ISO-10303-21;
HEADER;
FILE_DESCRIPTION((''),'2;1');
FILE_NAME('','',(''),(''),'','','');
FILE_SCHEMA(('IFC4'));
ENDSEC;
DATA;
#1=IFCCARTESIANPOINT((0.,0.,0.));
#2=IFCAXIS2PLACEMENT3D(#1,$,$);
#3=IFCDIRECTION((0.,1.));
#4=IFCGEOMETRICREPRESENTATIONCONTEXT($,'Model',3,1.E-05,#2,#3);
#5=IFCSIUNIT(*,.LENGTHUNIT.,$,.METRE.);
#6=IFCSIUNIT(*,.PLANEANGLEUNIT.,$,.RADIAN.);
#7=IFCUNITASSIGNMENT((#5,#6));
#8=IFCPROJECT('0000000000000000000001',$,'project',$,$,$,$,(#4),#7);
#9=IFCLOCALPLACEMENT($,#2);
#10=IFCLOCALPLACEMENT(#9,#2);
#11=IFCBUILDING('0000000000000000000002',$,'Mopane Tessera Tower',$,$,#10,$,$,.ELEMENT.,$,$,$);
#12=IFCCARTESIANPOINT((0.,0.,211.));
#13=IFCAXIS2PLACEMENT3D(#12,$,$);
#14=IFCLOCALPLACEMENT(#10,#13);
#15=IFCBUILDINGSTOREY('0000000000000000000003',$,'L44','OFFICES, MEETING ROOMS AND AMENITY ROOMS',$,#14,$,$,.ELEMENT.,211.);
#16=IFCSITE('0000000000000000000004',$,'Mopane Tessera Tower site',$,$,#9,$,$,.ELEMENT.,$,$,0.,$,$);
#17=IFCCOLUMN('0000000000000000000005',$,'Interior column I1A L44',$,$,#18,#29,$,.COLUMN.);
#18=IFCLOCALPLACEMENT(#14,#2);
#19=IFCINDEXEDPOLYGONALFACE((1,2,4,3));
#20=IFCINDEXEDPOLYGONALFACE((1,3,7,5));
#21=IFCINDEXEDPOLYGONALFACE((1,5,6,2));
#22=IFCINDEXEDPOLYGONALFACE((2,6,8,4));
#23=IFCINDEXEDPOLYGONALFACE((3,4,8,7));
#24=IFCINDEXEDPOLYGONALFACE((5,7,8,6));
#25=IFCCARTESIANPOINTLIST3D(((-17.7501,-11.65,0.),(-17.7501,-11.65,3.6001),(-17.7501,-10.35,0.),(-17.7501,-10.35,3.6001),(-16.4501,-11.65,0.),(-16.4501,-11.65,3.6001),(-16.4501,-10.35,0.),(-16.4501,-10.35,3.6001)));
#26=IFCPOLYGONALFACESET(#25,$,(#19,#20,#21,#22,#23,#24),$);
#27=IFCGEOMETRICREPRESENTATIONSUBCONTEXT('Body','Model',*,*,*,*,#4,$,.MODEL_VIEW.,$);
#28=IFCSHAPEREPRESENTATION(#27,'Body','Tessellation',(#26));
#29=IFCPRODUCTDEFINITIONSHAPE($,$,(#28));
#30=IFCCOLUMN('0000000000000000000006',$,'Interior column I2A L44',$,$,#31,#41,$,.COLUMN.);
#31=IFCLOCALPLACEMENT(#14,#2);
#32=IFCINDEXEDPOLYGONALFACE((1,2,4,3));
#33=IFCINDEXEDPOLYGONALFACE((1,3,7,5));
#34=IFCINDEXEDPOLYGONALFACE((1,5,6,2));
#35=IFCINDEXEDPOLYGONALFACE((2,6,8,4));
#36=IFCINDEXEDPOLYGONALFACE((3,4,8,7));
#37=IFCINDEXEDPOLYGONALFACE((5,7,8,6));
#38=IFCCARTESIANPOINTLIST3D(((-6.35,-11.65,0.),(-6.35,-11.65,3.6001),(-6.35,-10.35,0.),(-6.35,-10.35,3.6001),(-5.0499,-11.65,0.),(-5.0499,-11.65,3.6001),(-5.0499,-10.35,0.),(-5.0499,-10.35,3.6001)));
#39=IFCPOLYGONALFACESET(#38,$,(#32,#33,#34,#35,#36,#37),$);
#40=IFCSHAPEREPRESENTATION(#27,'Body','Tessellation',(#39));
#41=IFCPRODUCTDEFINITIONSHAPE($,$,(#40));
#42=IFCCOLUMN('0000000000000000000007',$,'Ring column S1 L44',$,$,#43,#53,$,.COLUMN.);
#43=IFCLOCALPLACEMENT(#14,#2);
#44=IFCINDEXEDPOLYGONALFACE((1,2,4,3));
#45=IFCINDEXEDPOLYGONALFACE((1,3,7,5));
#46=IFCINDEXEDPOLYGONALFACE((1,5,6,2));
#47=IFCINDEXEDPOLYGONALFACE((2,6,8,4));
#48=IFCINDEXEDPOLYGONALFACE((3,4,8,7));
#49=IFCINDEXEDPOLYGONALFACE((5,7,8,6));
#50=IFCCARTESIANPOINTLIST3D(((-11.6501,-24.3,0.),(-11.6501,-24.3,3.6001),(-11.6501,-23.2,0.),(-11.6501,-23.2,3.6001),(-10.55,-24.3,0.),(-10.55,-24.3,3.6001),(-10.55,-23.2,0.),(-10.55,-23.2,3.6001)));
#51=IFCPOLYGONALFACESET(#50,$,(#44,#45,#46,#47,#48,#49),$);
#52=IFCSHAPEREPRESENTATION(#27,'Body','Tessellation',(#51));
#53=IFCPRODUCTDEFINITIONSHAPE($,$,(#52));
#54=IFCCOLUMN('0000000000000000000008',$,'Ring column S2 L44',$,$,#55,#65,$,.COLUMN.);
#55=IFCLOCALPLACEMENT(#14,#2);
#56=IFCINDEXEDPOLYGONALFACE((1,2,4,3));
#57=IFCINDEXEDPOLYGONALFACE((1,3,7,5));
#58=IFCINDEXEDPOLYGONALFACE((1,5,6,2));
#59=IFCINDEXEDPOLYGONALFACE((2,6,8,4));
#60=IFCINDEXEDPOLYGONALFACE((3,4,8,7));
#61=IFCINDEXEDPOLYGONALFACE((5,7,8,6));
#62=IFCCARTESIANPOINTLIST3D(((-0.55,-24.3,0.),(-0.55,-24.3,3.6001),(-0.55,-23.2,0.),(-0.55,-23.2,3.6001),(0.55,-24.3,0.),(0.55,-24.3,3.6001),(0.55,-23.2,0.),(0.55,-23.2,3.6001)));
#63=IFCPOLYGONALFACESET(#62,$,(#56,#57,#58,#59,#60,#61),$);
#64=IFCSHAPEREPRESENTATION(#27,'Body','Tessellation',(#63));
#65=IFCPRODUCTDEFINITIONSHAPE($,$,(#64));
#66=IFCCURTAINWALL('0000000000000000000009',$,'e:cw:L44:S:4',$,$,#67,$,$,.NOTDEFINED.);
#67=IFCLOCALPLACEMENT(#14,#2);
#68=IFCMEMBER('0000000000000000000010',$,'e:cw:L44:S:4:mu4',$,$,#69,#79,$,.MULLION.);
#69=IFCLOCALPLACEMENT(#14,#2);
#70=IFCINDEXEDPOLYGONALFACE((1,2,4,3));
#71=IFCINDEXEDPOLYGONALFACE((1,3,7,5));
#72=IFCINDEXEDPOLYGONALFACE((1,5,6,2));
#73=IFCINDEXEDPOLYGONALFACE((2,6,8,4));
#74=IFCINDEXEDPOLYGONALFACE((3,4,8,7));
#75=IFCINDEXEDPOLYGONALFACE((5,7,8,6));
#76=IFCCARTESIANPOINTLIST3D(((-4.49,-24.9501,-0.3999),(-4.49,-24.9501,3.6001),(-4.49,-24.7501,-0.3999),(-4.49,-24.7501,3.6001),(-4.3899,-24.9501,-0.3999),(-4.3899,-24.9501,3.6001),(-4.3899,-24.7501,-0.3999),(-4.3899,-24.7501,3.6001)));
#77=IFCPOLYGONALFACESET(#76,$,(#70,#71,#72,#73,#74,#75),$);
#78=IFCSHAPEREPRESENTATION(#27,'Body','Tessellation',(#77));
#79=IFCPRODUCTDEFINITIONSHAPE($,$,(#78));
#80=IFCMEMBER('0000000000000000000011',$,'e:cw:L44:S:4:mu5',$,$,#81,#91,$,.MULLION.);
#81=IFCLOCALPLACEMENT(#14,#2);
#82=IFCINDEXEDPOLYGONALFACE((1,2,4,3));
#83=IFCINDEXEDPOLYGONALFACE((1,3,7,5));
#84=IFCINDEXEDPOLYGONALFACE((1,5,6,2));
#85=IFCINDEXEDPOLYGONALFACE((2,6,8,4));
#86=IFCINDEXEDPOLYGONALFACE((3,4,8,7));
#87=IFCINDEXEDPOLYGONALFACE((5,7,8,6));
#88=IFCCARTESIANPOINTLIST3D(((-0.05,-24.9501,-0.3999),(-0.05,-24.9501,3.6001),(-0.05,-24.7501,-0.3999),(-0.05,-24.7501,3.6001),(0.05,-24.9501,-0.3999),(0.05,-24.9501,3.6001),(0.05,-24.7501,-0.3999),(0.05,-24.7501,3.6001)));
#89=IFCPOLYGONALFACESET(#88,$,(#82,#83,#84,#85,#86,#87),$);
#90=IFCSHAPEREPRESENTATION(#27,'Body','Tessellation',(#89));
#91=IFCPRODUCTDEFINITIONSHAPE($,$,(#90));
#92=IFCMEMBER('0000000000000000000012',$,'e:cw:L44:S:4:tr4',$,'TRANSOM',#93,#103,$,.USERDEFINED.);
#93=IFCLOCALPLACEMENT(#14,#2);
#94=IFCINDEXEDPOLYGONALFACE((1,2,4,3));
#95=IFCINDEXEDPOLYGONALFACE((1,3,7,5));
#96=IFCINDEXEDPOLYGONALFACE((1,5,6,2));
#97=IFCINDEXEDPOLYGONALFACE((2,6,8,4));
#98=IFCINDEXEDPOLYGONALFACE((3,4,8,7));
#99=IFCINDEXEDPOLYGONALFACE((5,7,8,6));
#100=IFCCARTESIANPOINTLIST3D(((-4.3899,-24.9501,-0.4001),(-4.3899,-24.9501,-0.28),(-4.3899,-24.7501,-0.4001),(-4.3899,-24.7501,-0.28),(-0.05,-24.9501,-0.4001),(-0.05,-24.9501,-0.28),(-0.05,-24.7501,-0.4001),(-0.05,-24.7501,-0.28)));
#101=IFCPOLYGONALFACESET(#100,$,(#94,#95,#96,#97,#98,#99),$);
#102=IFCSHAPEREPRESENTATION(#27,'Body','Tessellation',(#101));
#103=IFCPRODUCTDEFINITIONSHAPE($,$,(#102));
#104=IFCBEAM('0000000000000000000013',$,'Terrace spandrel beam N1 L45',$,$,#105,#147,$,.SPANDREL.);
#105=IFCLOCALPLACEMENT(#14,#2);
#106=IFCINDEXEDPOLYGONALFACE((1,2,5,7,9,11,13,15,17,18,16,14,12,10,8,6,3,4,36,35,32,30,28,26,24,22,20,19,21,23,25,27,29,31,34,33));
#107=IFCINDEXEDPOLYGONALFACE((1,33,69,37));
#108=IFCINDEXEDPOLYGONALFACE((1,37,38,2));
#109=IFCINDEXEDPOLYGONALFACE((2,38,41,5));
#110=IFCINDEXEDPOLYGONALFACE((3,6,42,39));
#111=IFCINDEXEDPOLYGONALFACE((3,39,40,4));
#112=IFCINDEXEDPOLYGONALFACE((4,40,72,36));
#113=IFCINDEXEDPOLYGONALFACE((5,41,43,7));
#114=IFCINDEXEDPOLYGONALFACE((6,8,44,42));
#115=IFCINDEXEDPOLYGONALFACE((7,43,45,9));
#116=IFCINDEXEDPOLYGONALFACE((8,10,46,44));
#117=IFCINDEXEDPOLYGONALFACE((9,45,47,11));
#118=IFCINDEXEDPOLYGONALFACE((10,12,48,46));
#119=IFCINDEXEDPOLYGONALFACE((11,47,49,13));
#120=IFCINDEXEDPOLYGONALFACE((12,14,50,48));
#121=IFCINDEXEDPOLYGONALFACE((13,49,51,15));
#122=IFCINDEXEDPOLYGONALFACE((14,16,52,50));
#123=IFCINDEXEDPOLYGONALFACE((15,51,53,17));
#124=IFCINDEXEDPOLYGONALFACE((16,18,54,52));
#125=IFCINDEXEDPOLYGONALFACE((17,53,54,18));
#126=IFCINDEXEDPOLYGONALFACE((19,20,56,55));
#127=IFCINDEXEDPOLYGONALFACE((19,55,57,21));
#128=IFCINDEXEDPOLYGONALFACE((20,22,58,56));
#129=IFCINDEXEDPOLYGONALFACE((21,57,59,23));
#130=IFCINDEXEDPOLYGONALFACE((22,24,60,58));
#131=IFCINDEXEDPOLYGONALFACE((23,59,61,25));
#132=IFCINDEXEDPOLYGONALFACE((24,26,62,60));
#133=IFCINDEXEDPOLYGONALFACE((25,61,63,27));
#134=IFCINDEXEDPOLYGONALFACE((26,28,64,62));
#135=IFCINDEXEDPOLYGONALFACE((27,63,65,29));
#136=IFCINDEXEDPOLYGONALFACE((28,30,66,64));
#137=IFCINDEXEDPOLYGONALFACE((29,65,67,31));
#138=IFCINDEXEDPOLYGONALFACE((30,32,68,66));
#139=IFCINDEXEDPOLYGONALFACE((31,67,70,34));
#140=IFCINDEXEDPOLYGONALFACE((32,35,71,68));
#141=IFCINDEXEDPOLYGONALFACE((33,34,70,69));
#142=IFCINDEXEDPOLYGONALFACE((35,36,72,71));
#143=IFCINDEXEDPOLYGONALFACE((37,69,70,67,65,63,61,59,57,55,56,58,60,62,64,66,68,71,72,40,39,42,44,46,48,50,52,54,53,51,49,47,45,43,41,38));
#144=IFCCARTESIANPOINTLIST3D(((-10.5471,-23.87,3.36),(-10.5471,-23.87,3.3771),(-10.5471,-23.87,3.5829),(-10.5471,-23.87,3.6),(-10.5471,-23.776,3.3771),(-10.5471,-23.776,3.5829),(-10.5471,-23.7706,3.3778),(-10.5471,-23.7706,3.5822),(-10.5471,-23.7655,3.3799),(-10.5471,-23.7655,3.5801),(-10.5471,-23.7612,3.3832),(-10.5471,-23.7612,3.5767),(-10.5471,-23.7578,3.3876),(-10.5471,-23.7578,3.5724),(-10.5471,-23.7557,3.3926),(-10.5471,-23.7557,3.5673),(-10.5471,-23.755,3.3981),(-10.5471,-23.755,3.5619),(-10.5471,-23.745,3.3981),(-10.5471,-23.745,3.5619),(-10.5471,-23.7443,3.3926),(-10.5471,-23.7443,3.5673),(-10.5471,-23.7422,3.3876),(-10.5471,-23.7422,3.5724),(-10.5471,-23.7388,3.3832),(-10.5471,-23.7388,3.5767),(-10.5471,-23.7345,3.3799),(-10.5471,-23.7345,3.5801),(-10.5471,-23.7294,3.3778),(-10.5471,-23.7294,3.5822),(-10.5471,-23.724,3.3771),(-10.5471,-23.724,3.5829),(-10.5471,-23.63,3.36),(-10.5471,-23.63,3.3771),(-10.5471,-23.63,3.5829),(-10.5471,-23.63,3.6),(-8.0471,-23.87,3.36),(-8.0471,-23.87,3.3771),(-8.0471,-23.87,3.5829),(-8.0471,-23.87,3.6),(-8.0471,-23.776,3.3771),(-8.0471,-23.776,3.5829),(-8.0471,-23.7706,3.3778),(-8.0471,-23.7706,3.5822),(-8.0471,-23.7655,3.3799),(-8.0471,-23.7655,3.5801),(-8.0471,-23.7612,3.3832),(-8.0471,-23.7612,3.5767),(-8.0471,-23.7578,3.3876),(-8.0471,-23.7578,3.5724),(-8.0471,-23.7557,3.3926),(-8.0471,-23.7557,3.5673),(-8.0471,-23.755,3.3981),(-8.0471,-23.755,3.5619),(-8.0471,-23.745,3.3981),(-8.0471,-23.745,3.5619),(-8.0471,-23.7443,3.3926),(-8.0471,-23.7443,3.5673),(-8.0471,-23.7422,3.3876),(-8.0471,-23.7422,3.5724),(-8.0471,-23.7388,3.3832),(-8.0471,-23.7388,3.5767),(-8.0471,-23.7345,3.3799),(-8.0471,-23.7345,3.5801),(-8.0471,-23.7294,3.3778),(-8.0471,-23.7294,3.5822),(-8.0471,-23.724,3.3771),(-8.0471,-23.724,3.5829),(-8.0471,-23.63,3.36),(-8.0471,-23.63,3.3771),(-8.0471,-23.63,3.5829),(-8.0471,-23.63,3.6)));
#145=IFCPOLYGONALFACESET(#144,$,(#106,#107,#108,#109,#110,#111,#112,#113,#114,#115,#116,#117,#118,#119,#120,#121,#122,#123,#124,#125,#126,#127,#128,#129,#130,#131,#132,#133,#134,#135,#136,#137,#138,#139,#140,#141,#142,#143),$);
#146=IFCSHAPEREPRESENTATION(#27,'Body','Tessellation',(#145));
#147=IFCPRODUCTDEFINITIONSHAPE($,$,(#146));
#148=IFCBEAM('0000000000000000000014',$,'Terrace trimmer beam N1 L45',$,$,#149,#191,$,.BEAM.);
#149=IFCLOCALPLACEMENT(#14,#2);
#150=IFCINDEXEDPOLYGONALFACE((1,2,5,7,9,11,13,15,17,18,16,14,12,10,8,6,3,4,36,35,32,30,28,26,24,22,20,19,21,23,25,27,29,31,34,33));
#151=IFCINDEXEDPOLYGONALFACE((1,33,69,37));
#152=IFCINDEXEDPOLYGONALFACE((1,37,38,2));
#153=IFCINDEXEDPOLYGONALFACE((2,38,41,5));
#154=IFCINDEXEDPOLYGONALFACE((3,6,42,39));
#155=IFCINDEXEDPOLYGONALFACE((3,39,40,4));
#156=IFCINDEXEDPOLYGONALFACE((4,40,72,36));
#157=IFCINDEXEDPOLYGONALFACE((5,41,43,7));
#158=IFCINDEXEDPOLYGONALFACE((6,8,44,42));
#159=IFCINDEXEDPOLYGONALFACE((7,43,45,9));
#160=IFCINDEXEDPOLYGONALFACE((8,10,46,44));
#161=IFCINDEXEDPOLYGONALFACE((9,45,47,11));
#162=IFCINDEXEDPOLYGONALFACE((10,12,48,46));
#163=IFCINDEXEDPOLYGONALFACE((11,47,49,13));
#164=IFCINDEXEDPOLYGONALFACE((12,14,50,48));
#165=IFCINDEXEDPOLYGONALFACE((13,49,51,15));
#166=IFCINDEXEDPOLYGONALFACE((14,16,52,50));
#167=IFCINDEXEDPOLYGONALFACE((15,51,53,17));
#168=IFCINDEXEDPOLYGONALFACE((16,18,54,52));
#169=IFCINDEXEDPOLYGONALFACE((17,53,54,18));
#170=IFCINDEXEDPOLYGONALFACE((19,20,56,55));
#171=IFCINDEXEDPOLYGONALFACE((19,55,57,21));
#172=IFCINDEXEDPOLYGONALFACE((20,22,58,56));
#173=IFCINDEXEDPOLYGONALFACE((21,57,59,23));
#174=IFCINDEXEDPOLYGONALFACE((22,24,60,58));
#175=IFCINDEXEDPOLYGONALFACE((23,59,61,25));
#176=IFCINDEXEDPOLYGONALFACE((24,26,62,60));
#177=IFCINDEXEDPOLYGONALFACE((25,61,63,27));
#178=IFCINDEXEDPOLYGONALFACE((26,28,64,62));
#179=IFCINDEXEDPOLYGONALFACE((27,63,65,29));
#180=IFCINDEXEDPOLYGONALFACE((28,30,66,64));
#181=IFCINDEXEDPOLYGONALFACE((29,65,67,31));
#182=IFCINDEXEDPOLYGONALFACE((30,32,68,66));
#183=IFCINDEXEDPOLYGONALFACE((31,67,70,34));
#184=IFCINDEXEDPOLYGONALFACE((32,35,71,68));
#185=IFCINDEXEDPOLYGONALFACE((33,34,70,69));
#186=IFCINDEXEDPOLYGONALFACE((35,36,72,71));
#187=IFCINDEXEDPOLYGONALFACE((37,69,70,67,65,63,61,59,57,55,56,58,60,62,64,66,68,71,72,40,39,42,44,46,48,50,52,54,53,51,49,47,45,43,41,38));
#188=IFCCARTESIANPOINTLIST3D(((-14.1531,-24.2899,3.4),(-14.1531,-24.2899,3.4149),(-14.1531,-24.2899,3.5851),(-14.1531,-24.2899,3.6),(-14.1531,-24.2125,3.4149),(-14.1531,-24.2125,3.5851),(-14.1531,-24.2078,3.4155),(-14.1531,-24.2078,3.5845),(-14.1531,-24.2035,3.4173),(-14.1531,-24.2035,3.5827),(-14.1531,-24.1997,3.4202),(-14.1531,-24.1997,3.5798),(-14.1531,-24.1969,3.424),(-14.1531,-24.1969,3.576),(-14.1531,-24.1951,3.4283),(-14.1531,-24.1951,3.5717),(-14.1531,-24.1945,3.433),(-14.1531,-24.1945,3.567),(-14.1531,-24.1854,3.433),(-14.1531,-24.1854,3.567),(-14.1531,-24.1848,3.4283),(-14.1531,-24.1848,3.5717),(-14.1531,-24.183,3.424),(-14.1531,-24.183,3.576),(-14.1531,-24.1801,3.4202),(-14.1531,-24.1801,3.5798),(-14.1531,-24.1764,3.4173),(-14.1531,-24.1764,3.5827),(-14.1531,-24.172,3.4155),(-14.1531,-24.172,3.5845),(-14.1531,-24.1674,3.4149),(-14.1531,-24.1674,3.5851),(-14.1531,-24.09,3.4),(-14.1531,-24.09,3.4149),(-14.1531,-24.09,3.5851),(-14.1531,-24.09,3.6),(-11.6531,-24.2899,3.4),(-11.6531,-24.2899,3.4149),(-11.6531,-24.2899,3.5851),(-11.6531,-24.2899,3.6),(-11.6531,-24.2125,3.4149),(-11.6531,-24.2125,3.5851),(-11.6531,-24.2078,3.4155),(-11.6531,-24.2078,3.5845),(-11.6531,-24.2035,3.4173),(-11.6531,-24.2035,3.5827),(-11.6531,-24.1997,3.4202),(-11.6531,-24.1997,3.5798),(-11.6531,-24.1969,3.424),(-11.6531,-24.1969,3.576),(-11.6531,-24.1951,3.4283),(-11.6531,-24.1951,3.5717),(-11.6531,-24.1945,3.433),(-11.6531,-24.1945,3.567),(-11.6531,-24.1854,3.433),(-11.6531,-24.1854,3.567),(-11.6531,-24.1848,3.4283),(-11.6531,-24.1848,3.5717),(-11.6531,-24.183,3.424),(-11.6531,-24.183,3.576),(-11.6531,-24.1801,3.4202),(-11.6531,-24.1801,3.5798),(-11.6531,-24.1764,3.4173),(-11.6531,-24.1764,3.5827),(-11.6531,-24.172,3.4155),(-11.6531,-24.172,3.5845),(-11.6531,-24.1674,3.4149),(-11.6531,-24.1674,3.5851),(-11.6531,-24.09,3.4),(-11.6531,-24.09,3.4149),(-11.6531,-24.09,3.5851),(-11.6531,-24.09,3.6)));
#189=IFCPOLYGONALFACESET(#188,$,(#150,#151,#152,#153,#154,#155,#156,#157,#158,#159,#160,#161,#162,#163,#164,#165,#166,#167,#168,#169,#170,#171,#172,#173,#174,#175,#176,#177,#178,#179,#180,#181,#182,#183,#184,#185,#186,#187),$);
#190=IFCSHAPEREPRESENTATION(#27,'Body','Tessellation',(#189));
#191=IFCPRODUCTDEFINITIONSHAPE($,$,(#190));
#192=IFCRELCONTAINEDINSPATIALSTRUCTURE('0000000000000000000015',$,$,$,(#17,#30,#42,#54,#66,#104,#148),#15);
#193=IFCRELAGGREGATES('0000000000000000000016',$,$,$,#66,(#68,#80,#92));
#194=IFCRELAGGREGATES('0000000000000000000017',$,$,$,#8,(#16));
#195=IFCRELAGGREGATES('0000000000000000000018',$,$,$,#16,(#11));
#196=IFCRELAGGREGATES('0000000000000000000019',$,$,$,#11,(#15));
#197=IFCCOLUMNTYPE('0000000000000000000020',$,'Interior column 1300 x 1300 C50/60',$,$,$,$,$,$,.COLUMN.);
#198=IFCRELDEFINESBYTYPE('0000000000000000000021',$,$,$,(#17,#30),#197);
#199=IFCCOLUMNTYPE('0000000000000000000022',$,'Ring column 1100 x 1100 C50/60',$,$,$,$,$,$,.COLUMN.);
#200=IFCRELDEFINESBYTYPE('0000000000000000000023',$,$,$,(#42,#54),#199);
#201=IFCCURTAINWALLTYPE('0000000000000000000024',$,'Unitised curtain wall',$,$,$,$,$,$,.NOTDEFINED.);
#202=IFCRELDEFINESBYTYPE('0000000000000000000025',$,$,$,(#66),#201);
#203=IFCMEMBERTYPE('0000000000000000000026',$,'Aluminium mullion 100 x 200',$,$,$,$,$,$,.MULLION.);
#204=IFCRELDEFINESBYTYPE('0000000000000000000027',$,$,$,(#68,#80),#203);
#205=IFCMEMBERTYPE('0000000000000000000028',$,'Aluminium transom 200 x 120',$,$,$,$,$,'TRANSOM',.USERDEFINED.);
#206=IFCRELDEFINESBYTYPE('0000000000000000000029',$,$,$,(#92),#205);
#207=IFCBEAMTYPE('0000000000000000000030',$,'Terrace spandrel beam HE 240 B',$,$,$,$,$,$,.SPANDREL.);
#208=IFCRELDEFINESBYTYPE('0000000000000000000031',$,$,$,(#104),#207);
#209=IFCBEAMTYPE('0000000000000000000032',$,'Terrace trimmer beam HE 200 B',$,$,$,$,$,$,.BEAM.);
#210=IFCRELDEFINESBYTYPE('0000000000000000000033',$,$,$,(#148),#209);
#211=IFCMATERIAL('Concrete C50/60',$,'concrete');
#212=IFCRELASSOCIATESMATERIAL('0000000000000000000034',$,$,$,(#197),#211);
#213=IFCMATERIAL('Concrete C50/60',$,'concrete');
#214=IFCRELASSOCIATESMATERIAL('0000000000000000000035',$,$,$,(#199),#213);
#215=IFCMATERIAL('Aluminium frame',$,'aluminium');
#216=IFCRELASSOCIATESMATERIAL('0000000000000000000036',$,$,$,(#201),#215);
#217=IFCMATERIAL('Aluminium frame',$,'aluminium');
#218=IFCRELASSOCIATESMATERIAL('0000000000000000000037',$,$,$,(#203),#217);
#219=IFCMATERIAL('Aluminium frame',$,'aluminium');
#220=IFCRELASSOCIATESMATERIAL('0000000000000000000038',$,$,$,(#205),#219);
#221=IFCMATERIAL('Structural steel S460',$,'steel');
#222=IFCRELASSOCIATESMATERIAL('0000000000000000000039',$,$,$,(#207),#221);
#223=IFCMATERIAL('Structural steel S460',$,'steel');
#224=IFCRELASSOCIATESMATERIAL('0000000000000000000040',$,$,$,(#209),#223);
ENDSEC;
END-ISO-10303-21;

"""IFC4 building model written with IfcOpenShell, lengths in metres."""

from ifc_helpers import new_model, si_unit, direction, frame, origin, origin_2d, place, context, subcontext, project, spatial, rectangle, i_section, extrude, material, material_profile, profile_set, type_object, element, aggregate, save


model = new_model("IFC4")

# Units and contexts
model_context = context("Model", 3, precision=1e-05, world=origin(), true_north=direction((0.0, 1.0)))
body_context = subcontext(model_context, "Body", "Model", "MODEL_VIEW")
ifc_project = project(units=[si_unit("LENGTHUNIT", "METRE"), si_unit("PLANEANGLEUNIT", "RADIAN")], contexts=[model_context])

# Site, building, storey
site_placement = place(None, origin())
site = spatial("IfcSite", under=ifc_project, at=site_placement, Name="Mopane Tessera Tower site", CompositionType="ELEMENT", RefElevation=0.0)
building_placement = place(site_placement, origin())
building = spatial("IfcBuilding", under=site, at=building_placement, Name="Mopane Tessera Tower", CompositionType="ELEMENT")
storey_placement = place(building_placement, frame((0.0, 0.0, 211.0)))
storey = spatial("IfcBuildingStorey", under=building, at=storey_placement, Name="L44", Description="OFFICES, MEETING ROOMS AND AMENITY ROOMS", CompositionType="ELEMENT", Elevation=211.0)

# Columns
ifc_material_1 = material(Name="Concrete C50/60", Category="concrete")
ifc_material_profile_1 = material_profile(ifc_material_1, rectangle(XDim=1.3, YDim=1.3, at=origin_2d()))
ifc_profile_set_1 = profile_set([ifc_material_profile_1], Name="Concrete C50/60")
column_type_1 = type_object("IfcColumnType", Name="Interior column 1300 x 1300 C50/60", PredefinedType="COLUMN", material=ifc_profile_set_1)
for number, where, z_axis, x_axis, name in (
    (1, (-17.1001, -11.0, 0.0), (0.0, 0.0, 1.0), (1.0, 0.0, 0.0), "Interior column I1A L44"),
    (2, (-5.7, -11.0, 0.0), (0.0, 0.0, 1.0), (1.0, 0.0, 0.0), "Interior column I2A L44"),
):
    element("IfcColumn", number, at=place(storey_placement, frame(where, z_axis=z_axis, x_axis=x_axis)), inside=storey, type_object=column_type_1, Name=name, PredefinedType="COLUMN", context=body_context, shape_type="SweptSolid", body=[
        extrude(rectangle(XDim=1.3, YDim=1.3, at=origin_2d()), origin(), (0.0, 0.0, 1.0), 3.6001),
    ])
ifc_material_2 = material(Name="Concrete C50/60", Category="concrete")
ifc_material_profile_2 = material_profile(ifc_material_2, rectangle(XDim=1.1001, YDim=1.1001, at=origin_2d()))
ifc_profile_set_2 = profile_set([ifc_material_profile_2], Name="Concrete C50/60")
column_type_2 = type_object("IfcColumnType", Name="Ring column 1100 x 1100 C50/60", PredefinedType="COLUMN", material=ifc_profile_set_2)
for number, where, z_axis, x_axis, name in (
    (3, (-11.1001, -23.75, 0.0), (0.0, 0.0, 1.0), (1.0, 0.0, 0.0), "Ring column S1 L44"),
    (4, (0.0, -23.75, 0.0), (0.0, 0.0, 1.0), (1.0, 0.0, 0.0), "Ring column S2 L44"),
):
    element("IfcColumn", number, at=place(storey_placement, frame(where, z_axis=z_axis, x_axis=x_axis)), inside=storey, type_object=column_type_2, Name=name, PredefinedType="COLUMN", context=body_context, shape_type="SweptSolid", body=[
        extrude(rectangle(XDim=1.1001, YDim=1.1001, at=origin_2d()), origin(), (0.0, 0.0, 1.0), 3.6001),
    ])

# Curtain wall, members
ifc_material_3 = material(Name="Aluminium frame", Category="aluminium")
curtain_wall_type = type_object("IfcCurtainWallType", Name="Unitised curtain wall", PredefinedType="NOTDEFINED", material=ifc_material_3)
curtain_wall_placement = place(storey_placement, origin())
curtain_wall = element("IfcCurtainWall", 5, at=curtain_wall_placement, inside=storey, type_object=curtain_wall_type, Name="e:cw:L44:S:4", PredefinedType="NOTDEFINED")
ifc_material_4 = material(Name="Aluminium frame", Category="aluminium")
ifc_material_profile_3 = material_profile(ifc_material_4, rectangle(XDim=0.1001, YDim=0.2, at=origin_2d()))
ifc_profile_set_3 = profile_set([ifc_material_profile_3], Name="Aluminium frame")
member_type_1 = type_object("IfcMemberType", Name="Aluminium mullion 100 x 200", PredefinedType="MULLION", material=ifc_profile_set_3)
member_1_placement = place(storey_placement, frame((-4.4399, -24.8501, -0.3999), z_axis=(0.0, 0.0, 1.0), x_axis=(1.0, 0.0, 0.0)))
member_1 = element("IfcMember", 6, at=member_1_placement, type_object=member_type_1, Name="e:cw:L44:S:4:mu4", PredefinedType="MULLION", context=body_context, shape_type="SweptSolid", body=[
    extrude(rectangle(XDim=0.1001, YDim=0.2, at=origin_2d()), origin(), (0.0, 0.0, 1.0), 4.0),
])
member_2_placement = place(storey_placement, frame((0.0, -24.8501, -0.3999), z_axis=(0.0, 0.0, 1.0), x_axis=(1.0, 0.0, 0.0)))
member_2 = element("IfcMember", 7, at=member_2_placement, type_object=member_type_1, Name="e:cw:L44:S:4:mu5", PredefinedType="MULLION", context=body_context, shape_type="SweptSolid", body=[
    extrude(rectangle(XDim=0.1001, YDim=0.2, at=origin_2d()), origin(), (0.0, 0.0, 1.0), 4.0),
])
ifc_material_5 = material(Name="Aluminium frame", Category="aluminium")
ifc_material_profile_4 = material_profile(ifc_material_5, rectangle(XDim=0.2, YDim=0.1201, at=origin_2d()))
ifc_profile_set_4 = profile_set([ifc_material_profile_4], Name="Aluminium frame")
member_type_2 = type_object("IfcMemberType", Name="Aluminium transom 200 x 120", ElementType="TRANSOM", PredefinedType="USERDEFINED", material=ifc_profile_set_4)
member_3_placement = place(storey_placement, frame((-4.3899, -24.8501, -0.3401), z_axis=(1.0, 0.0, 0.0), x_axis=(0.0, 1.0, 0.0)))
member_3 = element("IfcMember", 8, at=member_3_placement, type_object=member_type_2, Name="e:cw:L44:S:4:tr4", ObjectType="TRANSOM", PredefinedType="USERDEFINED", context=body_context, shape_type="SweptSolid", body=[
    extrude(rectangle(XDim=0.2, YDim=0.1201, at=origin_2d()), origin(), (0.0, 0.0, 1.0), 4.3398),
])

# Beams
ifc_material_6 = material(Name="Structural steel S460", Category="steel")
ifc_material_profile_5 = material_profile(ifc_material_6, i_section(OverallWidth=0.24, OverallDepth=0.24, WebThickness=0.01, FlangeThickness=0.0171, FilletRadius=0.021, at=origin_2d()))
ifc_profile_set_5 = profile_set([ifc_material_profile_5], Name="Structural steel S460")
beam_type_1 = type_object("IfcBeamType", Name="Terrace spandrel beam HE 240 B", PredefinedType="SPANDREL", material=ifc_profile_set_5)
beam_1_placement = place(storey_placement, frame((-10.5471, -23.75, 3.48), z_axis=(1.0, 0.0, 0.0), x_axis=(0.0, 1.0, 0.0)))
element("IfcBeam", 9, at=beam_1_placement, inside=storey, type_object=beam_type_1, Name="Terrace spandrel beam N1 L45", PredefinedType="SPANDREL", context=body_context, shape_type="SweptSolid", body=[
    extrude(i_section(OverallWidth=0.24, OverallDepth=0.24, WebThickness=0.01, FlangeThickness=0.0171, FilletRadius=0.021, at=origin_2d()), origin(), (0.0, 0.0, 1.0), 2.5),
])
ifc_material_7 = material(Name="Structural steel S460", Category="steel")
ifc_material_profile_6 = material_profile(ifc_material_7, i_section(OverallWidth=0.2, OverallDepth=0.2, WebThickness=0.009, FlangeThickness=0.0149, FilletRadius=0.0181, at=origin_2d()))
ifc_profile_set_6 = profile_set([ifc_material_profile_6], Name="Structural steel S460")
beam_type_2 = type_object("IfcBeamType", Name="Terrace trimmer beam HE 200 B", PredefinedType="BEAM", material=ifc_profile_set_6)
beam_2_placement = place(storey_placement, frame((-11.6531, -24.1899, 3.5), z_axis=(-1.0, 0.0, 0.0), x_axis=(0.0, -1.0, 0.0)))
element("IfcBeam", 10, at=beam_2_placement, inside=storey, type_object=beam_type_2, Name="Terrace trimmer beam N1 L45", PredefinedType="BEAM", context=body_context, shape_type="SweptSolid", body=[
    extrude(i_section(OverallWidth=0.2, OverallDepth=0.2, WebThickness=0.009, FlangeThickness=0.0149, FilletRadius=0.0181, at=origin_2d()), origin(), (0.0, 0.0, 1.0), 2.5),
])

aggregate(curtain_wall, [member_1, member_2, member_3])

save(model, "model.ifc")
